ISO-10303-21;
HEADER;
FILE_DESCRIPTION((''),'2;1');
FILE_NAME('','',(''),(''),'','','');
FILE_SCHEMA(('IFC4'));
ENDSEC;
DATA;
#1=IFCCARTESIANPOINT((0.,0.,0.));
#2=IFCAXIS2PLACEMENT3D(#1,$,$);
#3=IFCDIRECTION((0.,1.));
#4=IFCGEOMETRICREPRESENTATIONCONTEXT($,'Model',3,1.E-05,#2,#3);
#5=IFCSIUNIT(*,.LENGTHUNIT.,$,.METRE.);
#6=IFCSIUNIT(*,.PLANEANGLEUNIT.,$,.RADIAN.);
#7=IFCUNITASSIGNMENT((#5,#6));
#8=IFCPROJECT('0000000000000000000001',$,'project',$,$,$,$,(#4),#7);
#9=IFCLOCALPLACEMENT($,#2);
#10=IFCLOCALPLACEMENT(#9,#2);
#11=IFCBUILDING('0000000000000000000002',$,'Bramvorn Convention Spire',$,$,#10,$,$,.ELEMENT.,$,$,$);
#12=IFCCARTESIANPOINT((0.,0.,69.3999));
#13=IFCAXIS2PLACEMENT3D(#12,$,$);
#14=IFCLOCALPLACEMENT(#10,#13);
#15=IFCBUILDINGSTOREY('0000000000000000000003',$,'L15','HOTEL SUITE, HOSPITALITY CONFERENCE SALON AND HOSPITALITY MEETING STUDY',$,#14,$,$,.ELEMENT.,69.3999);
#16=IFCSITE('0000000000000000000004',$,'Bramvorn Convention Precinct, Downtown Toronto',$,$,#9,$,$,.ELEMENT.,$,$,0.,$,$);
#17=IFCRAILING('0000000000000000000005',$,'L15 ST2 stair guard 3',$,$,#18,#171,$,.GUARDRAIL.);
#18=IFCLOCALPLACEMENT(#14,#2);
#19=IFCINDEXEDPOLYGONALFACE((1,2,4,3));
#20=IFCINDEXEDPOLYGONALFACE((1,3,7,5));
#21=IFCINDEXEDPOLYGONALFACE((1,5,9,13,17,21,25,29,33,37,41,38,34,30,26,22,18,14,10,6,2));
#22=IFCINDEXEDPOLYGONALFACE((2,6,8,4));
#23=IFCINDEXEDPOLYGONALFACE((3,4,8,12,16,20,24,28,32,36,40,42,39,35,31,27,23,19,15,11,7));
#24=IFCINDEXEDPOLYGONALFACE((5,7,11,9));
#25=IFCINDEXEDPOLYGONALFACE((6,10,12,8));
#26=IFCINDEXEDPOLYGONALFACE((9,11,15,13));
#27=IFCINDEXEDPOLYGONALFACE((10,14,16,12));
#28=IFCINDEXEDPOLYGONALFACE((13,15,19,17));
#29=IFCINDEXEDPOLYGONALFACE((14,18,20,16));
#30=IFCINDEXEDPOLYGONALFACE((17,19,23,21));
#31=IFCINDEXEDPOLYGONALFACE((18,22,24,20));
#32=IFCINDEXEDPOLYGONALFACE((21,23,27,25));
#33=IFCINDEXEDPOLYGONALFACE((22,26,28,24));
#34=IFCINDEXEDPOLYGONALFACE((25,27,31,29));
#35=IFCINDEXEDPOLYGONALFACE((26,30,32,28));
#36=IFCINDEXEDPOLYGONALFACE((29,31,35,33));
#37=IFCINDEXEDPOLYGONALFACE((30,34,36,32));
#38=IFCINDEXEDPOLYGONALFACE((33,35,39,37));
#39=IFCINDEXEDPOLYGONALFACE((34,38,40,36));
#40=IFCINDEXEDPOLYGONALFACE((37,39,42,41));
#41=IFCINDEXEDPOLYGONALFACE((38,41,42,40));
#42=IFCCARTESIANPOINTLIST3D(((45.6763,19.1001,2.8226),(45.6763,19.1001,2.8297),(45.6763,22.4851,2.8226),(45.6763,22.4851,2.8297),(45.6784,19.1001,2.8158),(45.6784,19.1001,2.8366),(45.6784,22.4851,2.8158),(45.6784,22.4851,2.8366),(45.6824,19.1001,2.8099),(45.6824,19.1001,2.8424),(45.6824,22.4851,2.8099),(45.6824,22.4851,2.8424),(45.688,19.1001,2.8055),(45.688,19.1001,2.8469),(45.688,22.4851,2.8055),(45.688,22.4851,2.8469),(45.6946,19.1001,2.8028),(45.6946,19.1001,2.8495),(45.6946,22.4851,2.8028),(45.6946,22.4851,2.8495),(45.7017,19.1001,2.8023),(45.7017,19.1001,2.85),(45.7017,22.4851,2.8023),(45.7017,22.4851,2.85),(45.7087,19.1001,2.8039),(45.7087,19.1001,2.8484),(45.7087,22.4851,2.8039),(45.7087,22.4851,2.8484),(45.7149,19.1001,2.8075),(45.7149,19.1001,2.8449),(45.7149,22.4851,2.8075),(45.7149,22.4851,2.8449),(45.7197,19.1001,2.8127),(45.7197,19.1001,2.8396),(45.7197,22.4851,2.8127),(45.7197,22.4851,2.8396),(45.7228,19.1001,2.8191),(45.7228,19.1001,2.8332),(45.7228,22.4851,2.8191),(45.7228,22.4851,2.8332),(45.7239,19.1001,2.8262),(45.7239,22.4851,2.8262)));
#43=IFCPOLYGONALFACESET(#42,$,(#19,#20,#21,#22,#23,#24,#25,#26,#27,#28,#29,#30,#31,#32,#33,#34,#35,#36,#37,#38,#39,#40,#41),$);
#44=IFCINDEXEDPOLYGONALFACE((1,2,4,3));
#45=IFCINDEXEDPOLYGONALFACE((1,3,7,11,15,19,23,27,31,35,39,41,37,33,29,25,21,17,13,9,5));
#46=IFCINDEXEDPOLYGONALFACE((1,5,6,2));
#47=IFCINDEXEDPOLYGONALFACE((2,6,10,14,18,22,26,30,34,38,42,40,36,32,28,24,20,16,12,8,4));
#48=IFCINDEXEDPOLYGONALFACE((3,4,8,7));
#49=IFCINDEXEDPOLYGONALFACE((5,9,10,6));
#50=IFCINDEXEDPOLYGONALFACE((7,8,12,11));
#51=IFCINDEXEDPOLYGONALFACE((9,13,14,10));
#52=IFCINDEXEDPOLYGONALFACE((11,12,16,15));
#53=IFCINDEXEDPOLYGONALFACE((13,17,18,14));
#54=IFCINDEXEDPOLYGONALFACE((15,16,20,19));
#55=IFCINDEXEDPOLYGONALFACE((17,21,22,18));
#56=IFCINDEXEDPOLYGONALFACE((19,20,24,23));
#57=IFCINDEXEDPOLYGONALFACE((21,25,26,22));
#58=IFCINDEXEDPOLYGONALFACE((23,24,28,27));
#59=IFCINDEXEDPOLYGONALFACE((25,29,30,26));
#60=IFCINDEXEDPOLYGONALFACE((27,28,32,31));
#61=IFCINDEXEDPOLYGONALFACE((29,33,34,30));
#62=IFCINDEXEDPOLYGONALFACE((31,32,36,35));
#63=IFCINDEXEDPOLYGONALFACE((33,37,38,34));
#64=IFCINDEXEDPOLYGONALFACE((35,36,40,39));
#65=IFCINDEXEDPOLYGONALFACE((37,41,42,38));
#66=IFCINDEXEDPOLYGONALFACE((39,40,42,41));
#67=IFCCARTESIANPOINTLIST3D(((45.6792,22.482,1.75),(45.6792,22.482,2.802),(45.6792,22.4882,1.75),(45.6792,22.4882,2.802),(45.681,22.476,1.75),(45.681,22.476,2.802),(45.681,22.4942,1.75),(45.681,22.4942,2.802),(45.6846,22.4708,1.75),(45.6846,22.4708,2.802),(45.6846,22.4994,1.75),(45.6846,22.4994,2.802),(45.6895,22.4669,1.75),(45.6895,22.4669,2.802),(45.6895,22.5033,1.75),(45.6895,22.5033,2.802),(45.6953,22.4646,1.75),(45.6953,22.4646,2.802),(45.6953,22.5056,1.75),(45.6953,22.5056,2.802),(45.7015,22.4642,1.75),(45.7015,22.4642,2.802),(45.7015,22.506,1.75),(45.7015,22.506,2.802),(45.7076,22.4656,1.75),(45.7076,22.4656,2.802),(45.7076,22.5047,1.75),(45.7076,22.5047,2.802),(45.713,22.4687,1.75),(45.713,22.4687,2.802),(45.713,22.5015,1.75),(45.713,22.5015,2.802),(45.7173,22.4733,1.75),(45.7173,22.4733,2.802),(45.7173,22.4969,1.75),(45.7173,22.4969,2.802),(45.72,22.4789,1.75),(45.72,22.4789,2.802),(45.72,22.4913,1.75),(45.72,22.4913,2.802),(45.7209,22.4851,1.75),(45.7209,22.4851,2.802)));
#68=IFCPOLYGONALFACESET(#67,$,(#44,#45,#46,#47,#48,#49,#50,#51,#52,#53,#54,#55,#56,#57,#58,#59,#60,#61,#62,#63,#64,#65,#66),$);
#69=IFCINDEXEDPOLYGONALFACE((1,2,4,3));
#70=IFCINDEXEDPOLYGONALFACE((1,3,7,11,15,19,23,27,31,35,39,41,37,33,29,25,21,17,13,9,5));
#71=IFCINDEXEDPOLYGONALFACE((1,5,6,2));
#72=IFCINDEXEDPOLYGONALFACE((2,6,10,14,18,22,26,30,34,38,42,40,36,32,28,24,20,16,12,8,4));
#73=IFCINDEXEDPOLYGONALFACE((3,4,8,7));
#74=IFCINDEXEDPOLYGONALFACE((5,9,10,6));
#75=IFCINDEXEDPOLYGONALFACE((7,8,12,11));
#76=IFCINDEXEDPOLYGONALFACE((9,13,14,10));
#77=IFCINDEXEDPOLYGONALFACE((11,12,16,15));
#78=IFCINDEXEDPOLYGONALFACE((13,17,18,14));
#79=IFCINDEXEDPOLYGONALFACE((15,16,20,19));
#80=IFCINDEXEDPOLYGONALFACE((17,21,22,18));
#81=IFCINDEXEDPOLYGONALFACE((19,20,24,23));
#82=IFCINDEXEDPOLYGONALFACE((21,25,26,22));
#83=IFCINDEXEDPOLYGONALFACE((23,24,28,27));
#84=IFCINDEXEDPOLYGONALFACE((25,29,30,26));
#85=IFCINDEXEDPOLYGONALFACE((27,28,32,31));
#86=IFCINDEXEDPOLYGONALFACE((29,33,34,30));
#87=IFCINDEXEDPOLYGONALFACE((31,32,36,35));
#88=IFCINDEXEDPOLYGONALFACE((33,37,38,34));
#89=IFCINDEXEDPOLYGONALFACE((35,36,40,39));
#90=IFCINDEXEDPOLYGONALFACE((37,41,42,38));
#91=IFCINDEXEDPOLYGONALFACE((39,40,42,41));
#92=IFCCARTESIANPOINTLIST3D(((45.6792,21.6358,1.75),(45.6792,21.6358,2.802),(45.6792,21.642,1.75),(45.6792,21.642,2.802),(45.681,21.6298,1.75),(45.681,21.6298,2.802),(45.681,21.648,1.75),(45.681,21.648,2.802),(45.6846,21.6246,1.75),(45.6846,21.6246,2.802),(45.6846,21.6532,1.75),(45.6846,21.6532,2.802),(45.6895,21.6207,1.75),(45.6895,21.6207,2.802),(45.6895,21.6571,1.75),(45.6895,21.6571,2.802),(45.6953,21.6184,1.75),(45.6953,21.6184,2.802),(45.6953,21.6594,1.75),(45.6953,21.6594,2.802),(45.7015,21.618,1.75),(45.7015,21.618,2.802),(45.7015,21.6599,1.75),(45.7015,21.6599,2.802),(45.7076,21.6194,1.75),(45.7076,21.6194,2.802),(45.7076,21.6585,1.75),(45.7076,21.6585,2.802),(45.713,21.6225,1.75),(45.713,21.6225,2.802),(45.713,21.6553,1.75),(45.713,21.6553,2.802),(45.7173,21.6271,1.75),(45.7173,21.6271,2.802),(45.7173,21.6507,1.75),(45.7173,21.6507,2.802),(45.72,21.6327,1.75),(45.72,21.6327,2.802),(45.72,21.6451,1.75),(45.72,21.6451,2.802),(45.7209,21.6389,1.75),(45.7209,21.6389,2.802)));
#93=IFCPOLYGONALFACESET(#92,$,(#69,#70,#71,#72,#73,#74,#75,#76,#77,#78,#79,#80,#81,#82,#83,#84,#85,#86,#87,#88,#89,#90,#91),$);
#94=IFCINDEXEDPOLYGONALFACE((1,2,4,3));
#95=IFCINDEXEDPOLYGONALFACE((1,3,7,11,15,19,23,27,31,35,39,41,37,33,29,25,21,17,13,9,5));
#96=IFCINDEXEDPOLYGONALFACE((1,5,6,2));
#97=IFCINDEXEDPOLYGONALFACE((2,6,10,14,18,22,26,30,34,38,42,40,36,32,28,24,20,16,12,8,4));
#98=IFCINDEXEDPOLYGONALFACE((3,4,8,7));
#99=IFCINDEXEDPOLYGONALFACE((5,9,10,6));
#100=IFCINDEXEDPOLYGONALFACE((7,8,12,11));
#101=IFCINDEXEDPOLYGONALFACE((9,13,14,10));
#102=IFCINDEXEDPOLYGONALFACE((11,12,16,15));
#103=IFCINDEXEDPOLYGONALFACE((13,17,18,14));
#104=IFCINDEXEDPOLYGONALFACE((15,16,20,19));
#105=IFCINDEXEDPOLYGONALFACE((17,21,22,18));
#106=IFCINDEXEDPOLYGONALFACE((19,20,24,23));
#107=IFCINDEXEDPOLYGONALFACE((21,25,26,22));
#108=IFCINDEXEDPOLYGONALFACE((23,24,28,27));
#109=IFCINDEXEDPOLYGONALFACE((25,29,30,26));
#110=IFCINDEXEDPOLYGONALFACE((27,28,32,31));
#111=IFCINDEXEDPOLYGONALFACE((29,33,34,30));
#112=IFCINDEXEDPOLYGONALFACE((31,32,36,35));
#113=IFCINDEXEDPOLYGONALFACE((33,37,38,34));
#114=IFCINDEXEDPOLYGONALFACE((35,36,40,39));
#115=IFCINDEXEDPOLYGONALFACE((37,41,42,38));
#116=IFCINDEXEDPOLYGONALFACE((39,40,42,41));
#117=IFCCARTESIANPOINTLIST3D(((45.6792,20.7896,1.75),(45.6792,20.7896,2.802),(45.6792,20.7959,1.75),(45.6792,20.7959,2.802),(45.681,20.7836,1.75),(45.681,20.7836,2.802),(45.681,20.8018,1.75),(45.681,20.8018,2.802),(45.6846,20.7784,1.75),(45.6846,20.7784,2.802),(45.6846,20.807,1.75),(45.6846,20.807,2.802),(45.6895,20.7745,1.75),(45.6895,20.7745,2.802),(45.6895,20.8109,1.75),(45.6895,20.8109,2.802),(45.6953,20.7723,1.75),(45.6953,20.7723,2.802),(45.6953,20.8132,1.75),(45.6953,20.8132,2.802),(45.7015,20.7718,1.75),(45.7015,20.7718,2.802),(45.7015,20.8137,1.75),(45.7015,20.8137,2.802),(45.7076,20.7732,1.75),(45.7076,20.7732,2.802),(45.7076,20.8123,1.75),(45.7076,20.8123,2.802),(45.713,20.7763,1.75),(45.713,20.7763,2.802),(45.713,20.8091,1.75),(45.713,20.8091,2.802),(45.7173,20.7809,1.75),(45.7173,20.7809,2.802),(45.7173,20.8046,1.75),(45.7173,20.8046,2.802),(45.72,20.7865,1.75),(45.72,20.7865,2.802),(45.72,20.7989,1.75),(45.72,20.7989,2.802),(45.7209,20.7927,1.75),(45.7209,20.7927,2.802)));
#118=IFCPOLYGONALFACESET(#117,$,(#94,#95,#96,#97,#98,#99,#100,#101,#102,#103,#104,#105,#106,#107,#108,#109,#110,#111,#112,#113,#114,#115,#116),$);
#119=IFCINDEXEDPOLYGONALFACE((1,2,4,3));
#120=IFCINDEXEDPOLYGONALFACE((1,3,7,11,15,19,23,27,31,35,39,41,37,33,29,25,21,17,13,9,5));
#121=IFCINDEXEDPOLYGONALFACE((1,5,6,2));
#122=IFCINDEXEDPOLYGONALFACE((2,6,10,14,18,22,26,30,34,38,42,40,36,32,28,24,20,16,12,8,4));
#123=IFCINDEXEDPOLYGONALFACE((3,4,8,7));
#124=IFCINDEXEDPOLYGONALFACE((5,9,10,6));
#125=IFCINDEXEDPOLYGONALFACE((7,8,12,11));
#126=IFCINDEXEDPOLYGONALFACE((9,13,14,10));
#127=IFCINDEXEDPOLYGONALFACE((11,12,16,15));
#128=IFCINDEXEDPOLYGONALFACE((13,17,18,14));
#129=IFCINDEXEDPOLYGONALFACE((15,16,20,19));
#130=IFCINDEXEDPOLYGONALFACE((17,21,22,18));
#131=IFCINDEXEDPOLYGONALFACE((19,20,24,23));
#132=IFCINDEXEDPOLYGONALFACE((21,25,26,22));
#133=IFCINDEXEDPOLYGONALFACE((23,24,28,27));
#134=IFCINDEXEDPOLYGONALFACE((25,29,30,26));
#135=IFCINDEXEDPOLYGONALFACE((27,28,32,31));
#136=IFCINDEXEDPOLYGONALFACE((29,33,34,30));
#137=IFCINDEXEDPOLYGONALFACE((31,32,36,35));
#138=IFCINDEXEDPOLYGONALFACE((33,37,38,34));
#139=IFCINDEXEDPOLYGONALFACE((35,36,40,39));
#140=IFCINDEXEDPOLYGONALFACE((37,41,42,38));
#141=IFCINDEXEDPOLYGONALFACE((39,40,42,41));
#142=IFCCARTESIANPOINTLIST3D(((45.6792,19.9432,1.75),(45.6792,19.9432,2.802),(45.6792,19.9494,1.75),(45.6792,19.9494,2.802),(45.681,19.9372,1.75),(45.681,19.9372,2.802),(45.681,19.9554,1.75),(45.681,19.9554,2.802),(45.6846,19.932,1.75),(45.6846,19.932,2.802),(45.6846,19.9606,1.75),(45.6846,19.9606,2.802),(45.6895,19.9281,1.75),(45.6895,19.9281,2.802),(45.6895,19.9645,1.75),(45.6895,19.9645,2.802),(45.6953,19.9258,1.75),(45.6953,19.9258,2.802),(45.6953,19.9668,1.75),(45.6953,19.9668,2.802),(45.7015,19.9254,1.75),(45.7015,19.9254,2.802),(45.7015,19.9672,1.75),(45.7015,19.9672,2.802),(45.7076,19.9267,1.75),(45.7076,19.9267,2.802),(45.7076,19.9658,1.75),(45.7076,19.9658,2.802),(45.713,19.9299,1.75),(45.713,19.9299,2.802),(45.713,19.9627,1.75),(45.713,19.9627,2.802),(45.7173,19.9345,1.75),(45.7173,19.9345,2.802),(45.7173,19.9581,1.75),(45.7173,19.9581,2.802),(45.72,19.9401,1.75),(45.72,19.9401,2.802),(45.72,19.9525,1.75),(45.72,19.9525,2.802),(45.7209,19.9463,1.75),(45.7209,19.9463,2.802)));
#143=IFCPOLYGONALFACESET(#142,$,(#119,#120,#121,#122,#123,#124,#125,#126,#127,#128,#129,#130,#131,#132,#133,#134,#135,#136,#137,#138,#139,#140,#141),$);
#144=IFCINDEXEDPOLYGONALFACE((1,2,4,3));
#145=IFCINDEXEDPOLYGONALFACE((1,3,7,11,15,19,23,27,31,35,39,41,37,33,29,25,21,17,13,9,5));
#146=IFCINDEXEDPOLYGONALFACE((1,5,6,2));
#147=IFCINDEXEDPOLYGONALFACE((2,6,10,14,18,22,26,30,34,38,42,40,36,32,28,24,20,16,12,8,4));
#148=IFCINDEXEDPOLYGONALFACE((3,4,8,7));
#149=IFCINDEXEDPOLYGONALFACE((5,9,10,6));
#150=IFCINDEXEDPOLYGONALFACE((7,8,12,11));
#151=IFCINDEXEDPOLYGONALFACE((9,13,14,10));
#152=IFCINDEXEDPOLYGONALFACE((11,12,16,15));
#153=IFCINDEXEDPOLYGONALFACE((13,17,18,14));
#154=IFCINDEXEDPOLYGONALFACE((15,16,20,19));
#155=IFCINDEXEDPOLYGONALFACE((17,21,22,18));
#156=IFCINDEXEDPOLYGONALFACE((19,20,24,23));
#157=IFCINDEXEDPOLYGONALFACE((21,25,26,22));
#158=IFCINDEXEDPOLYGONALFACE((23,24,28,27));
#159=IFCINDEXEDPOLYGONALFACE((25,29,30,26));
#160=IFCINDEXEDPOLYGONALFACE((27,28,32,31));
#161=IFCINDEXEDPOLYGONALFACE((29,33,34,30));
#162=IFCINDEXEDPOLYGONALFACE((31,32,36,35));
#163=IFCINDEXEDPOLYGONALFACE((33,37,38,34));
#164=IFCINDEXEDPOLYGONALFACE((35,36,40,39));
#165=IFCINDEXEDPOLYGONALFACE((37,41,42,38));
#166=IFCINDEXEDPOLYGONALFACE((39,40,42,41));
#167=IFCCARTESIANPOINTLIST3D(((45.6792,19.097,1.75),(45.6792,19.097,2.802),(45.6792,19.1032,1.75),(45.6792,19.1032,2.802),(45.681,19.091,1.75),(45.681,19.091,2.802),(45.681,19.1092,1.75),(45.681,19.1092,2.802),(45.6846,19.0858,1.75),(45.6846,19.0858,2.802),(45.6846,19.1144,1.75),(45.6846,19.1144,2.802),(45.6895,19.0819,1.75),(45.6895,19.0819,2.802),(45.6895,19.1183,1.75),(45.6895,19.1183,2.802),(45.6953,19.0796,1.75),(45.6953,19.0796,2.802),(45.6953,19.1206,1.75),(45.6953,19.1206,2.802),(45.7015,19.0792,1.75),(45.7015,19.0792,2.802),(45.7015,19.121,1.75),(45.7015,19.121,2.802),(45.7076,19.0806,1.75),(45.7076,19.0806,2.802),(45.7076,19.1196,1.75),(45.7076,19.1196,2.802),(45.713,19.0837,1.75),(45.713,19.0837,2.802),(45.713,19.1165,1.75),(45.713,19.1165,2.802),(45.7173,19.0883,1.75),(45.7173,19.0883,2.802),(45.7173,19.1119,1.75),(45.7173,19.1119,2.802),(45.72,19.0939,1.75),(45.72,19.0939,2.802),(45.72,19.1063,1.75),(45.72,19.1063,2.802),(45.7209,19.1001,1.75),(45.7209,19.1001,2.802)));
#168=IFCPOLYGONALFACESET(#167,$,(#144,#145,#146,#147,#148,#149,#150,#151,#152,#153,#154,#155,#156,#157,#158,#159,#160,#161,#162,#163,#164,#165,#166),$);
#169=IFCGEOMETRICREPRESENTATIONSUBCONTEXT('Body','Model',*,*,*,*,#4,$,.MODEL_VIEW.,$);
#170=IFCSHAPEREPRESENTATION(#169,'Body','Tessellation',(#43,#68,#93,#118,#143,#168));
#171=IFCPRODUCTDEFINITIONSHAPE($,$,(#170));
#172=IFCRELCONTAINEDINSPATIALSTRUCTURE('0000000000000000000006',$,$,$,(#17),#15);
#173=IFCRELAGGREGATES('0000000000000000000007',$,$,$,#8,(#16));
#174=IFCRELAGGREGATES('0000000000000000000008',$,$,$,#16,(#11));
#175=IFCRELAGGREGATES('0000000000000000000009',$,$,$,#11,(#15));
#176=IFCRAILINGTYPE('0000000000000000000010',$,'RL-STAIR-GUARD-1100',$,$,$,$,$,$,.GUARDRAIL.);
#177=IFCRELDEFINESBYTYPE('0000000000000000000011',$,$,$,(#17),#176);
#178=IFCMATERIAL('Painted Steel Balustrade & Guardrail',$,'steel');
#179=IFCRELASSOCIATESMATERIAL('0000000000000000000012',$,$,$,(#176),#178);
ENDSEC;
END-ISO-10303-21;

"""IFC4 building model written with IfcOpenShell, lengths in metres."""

from ifc_helpers import new_model, si_unit, direction, frame, origin, origin_2d, place, context, subcontext, project, spatial, circle, extrude, material, type_object, element, save


model = new_model("IFC4")

# Units and contexts
model_context = context("Model", 3, precision=1e-05, world=origin(), true_north=direction((0.0, 1.0)))
body_context = subcontext(model_context, "Body", "Model", "MODEL_VIEW")
ifc_project = project(units=[si_unit("LENGTHUNIT", "METRE"), si_unit("PLANEANGLEUNIT", "RADIAN")], contexts=[model_context])

# Site, building, storey
site_placement = place(None, origin())
site = spatial("IfcSite", under=ifc_project, at=site_placement, Name="Bramvorn Convention Precinct, Downtown Toronto", CompositionType="ELEMENT", RefElevation=0.0)
building_placement = place(site_placement, origin())
building = spatial("IfcBuilding", under=site, at=building_placement, Name="Bramvorn Convention Spire", CompositionType="ELEMENT")
storey_placement = place(building_placement, frame((0.0, 0.0, 69.3999)))
storey = spatial("IfcBuildingStorey", under=building, at=storey_placement, Name="L15", Description="HOTEL SUITE, HOSPITALITY CONFERENCE SALON AND HOSPITALITY MEETING STUDY", CompositionType="ELEMENT", Elevation=69.3999)

# Railing
ifc_material_1 = material(Name="Painted Steel Balustrade & Guardrail", Category="steel")
railing_type_1 = type_object("IfcRailingType", Name="RL-STAIR-GUARD-1100", PredefinedType="GUARDRAIL", material=ifc_material_1)
railing_1_placement = place(storey_placement, frame((45.7, 22.4851, 1.75)))
element("IfcRailing", 1, at=railing_1_placement, inside=storey, type_object=railing_type_1, Name="L15 ST2 stair guard 3", PredefinedType="GUARDRAIL", context=body_context, shape_type="SweptSolid", body=[
    extrude(circle(Radius=0.0239, at=origin_2d()), frame((0.0, 0.0, 1.0762), z_axis=(0.0, -1.0, 0.0), x_axis=(1.0, 0.0, 0.0)), (0.0, 0.0, 1.0), 3.385),
    extrude(circle(Radius=0.021, at=origin_2d()), origin(), (0.0, 0.0, 1.0), 1.052),
    extrude(circle(Radius=0.021, at=origin_2d()), frame((0.0, -0.8462, 0.0)), (0.0, 0.0, 1.0), 1.052),
    extrude(circle(Radius=0.021, at=origin_2d()), frame((0.0, -1.6924, 0.0)), (0.0, 0.0, 1.0), 1.052),
    extrude(circle(Radius=0.021, at=origin_2d()), frame((0.0, -2.5388, 0.0)), (0.0, 0.0, 1.0), 1.052),
    extrude(circle(Radius=0.021, at=origin_2d()), frame((0.0, -3.385, 0.0)), (0.0, 0.0, 1.0), 1.052),
])

save(model, "model.ifc")
